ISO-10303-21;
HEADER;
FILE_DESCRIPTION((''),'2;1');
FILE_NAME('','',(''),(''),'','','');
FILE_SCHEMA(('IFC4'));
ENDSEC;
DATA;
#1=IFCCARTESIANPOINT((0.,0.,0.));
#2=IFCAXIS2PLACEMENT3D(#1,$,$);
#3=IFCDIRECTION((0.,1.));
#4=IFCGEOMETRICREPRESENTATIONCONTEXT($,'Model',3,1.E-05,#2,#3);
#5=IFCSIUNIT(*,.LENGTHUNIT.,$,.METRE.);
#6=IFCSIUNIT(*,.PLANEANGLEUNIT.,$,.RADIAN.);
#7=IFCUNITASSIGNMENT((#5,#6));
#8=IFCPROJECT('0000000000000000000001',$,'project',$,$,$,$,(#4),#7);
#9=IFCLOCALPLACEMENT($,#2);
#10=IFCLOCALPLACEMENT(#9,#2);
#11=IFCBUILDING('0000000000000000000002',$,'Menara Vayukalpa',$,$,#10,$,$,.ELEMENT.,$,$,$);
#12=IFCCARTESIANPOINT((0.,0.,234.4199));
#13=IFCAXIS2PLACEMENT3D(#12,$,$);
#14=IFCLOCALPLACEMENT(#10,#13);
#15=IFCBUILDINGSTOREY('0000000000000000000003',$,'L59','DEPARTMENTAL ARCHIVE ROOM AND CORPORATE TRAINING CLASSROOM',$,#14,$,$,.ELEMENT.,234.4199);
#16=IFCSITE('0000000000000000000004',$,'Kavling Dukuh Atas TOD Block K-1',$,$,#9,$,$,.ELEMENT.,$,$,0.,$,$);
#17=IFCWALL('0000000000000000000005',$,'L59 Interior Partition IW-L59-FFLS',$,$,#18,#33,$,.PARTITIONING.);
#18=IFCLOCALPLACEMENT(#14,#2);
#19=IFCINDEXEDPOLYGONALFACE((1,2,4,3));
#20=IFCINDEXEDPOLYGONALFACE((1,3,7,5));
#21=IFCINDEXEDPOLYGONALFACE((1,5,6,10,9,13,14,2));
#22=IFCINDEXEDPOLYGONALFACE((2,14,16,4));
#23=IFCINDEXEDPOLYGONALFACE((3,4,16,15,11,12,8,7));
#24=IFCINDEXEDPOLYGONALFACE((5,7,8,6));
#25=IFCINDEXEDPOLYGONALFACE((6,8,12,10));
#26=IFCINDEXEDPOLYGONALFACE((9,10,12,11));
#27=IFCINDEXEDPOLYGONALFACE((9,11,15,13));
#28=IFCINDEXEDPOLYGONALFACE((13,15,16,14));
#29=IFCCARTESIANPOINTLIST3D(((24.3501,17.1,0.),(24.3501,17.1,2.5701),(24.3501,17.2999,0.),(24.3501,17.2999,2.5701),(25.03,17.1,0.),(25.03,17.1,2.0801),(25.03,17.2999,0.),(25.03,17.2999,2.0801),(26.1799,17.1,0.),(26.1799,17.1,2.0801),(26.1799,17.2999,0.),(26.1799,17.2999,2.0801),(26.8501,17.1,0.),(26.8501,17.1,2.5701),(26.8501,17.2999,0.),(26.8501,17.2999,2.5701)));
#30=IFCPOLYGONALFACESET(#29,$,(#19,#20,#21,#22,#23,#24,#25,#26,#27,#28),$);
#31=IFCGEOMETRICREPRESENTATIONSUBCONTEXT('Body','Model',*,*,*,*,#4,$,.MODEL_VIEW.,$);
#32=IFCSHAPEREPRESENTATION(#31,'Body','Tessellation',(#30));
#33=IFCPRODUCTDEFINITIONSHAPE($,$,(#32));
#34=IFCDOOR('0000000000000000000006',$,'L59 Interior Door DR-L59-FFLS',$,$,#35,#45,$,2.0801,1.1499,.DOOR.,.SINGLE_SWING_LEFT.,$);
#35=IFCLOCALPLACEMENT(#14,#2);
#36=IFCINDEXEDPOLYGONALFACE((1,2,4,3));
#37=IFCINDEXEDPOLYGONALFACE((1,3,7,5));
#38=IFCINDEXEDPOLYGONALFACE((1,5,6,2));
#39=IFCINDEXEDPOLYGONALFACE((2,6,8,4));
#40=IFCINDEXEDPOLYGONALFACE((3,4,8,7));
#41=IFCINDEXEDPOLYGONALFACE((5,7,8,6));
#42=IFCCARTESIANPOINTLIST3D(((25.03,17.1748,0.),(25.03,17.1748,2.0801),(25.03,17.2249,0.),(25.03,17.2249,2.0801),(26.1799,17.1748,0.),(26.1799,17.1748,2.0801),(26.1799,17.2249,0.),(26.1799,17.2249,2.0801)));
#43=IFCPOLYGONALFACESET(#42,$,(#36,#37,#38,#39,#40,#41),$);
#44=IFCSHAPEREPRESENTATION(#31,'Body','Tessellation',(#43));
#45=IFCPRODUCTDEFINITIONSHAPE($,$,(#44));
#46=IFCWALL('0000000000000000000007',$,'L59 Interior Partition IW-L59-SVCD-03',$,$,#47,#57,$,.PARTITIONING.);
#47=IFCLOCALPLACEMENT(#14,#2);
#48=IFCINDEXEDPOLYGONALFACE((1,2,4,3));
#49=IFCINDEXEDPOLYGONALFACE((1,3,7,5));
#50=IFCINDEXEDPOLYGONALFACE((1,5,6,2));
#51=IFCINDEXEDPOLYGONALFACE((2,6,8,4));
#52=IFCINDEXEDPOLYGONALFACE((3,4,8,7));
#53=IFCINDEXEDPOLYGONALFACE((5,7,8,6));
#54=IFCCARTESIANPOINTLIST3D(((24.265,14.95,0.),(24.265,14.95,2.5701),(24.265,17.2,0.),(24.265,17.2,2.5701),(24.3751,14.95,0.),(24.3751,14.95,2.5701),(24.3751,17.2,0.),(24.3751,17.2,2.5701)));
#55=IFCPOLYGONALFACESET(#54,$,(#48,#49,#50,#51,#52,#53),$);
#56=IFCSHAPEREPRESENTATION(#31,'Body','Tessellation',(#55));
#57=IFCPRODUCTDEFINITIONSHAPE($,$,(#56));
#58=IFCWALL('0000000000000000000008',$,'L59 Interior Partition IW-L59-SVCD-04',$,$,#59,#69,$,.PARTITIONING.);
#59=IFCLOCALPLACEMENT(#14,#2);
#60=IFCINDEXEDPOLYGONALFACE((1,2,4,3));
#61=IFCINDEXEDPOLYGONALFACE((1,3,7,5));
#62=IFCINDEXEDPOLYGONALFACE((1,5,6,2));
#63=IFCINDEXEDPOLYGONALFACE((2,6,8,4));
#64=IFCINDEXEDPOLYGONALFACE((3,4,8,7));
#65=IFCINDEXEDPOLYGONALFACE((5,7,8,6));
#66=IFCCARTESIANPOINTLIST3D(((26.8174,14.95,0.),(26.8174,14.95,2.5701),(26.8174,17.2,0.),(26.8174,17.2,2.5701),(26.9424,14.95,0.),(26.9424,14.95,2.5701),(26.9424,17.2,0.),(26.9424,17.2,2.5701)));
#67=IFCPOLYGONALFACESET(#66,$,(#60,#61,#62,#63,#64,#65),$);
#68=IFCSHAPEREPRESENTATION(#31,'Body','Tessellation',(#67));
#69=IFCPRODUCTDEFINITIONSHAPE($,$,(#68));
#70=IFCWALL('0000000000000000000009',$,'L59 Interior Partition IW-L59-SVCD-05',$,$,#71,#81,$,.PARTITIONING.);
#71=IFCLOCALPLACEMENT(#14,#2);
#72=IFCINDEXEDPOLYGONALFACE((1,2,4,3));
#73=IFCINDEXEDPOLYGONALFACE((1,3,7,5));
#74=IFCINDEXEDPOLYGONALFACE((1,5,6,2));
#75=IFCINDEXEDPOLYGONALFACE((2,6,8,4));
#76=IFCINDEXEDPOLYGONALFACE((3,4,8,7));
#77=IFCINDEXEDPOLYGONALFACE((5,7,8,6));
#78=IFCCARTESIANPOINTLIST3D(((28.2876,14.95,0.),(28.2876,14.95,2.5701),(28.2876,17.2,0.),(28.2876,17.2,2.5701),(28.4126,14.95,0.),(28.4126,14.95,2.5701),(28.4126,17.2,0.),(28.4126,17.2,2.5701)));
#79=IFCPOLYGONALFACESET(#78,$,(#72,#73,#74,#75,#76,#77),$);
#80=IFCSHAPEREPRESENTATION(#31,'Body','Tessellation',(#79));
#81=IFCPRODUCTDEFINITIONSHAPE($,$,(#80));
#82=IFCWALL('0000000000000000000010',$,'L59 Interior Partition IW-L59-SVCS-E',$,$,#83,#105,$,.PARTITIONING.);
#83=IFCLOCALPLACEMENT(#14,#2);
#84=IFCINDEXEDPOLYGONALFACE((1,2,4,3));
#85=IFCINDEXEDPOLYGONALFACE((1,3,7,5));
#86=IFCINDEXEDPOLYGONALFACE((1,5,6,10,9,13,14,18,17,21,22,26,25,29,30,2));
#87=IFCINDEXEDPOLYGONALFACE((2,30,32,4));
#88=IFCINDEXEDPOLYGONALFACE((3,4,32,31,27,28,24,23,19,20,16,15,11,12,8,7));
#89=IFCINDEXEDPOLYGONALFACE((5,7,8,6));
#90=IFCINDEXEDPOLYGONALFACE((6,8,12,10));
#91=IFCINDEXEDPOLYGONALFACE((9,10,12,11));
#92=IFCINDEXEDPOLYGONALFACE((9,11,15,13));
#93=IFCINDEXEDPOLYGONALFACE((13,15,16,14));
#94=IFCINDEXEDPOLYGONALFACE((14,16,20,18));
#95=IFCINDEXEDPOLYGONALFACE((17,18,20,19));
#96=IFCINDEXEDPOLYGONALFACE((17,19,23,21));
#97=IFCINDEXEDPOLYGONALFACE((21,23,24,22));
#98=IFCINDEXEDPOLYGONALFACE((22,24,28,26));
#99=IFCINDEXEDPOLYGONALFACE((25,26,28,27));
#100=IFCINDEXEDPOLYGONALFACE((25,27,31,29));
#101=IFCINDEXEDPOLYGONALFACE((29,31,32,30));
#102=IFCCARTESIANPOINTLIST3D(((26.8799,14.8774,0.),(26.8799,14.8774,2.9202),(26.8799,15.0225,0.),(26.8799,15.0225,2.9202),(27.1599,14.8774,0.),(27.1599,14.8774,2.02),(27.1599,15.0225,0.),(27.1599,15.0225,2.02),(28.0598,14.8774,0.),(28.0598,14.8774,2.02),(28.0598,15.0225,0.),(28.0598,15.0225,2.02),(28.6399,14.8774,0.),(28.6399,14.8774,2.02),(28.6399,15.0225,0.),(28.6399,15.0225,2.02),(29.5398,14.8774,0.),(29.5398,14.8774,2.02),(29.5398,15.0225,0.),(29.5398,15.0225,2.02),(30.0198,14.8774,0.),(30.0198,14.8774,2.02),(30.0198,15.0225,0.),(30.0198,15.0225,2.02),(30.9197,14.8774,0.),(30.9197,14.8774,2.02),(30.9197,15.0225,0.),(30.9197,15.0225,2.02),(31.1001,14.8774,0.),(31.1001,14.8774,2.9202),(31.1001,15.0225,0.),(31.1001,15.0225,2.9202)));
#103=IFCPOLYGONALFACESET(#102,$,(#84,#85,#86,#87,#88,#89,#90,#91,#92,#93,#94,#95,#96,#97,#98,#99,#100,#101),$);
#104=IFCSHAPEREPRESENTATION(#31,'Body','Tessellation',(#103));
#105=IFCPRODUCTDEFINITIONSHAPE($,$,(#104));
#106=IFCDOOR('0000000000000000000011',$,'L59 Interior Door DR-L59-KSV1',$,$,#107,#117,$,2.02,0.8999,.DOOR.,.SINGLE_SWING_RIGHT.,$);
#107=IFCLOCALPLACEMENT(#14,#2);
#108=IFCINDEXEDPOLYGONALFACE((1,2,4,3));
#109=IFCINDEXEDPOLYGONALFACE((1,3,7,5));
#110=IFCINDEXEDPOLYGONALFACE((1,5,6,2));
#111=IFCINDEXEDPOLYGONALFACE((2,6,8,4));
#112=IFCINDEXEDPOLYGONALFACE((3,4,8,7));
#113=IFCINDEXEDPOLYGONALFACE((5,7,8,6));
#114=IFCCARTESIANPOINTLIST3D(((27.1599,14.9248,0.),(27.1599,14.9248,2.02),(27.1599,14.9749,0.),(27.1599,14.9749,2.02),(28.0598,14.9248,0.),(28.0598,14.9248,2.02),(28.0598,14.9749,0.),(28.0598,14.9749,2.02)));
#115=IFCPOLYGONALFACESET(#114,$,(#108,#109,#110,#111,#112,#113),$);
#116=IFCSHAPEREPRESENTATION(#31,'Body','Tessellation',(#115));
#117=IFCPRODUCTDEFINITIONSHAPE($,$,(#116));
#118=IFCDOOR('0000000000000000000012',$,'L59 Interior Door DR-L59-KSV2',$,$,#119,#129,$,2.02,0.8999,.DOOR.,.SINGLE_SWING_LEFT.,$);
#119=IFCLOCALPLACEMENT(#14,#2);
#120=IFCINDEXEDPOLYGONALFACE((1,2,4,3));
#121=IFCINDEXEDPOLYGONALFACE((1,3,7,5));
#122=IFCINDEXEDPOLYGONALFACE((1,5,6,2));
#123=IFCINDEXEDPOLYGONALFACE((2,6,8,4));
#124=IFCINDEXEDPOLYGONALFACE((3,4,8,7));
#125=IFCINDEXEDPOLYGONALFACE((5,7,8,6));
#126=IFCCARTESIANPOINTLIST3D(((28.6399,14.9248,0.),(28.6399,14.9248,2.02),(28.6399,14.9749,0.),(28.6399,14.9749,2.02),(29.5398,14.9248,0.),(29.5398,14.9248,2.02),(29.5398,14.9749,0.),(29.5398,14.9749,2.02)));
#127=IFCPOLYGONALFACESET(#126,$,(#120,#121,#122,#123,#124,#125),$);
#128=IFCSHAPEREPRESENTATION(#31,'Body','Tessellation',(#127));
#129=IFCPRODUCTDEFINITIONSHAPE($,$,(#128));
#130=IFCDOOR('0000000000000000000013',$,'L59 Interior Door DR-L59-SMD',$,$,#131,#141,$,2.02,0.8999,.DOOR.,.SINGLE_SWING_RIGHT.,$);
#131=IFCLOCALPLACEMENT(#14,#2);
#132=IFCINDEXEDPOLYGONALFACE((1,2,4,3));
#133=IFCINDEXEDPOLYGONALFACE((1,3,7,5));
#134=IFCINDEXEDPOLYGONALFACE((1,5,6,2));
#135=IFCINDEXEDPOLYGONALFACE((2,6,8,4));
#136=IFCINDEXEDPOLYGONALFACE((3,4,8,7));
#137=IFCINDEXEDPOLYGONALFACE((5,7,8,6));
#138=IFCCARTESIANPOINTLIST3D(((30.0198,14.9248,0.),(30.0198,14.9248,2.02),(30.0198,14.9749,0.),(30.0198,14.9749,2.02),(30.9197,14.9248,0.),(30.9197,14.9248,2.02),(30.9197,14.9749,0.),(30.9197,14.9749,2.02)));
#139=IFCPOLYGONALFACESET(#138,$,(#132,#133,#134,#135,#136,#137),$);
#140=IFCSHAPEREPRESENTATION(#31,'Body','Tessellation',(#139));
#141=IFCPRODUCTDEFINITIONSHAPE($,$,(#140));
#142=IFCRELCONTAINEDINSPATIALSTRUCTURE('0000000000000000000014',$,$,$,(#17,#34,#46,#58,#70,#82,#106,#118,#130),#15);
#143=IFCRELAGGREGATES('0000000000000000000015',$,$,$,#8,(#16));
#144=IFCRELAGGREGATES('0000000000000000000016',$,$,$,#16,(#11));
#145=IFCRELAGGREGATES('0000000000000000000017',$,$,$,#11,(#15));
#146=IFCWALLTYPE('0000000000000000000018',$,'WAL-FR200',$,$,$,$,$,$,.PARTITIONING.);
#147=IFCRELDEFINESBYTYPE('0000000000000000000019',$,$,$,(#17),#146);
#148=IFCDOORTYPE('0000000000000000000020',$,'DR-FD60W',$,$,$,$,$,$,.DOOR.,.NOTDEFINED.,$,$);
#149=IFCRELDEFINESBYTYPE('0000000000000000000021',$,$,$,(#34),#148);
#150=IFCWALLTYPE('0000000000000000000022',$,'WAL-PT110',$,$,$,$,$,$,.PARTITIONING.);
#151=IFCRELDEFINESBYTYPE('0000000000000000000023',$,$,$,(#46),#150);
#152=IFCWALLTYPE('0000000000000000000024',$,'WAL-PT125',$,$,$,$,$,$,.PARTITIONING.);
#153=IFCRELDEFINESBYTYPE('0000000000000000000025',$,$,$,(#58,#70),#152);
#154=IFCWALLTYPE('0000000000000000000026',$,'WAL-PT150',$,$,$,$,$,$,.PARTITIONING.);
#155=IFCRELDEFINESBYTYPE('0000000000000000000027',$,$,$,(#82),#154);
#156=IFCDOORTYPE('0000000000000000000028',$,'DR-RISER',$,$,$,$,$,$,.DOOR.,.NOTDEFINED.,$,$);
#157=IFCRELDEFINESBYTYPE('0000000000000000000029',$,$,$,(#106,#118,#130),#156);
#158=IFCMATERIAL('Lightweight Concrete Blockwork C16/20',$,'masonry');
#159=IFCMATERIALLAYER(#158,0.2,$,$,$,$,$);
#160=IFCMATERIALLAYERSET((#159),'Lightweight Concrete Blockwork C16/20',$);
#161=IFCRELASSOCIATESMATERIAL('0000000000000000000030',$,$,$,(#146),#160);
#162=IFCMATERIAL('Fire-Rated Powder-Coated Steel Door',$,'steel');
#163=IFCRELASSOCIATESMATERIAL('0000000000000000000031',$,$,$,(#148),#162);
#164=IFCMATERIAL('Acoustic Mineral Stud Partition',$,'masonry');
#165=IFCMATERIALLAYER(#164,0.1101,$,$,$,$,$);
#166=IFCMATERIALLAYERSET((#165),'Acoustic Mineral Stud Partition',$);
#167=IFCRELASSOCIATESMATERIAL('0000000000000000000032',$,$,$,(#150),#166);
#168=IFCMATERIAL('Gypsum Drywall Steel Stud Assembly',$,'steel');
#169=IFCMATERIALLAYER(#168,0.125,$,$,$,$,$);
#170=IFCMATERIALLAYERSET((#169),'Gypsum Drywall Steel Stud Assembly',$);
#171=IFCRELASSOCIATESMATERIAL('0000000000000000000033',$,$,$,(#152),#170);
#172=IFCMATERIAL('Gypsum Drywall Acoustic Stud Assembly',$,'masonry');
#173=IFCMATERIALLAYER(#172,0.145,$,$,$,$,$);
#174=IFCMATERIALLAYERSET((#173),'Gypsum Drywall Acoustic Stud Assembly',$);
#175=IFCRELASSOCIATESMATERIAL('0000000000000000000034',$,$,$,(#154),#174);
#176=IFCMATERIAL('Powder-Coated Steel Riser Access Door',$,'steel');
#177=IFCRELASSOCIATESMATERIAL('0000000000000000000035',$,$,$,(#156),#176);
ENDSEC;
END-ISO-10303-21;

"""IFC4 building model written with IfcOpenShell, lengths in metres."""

from ifc_helpers import new_model, si_unit, direction, frame, frame_2d, origin, place, context, subcontext, project, spatial, rectangle, extrude, material, layer, layer_set, type_object, element, fill, save


model = new_model("IFC4")

# Units and contexts
model_context = context("Model", 3, precision=1e-05, world=origin(), true_north=direction((0.0, 1.0)))
body_context = subcontext(model_context, "Body", "Model", "MODEL_VIEW")
ifc_project = project(units=[si_unit("LENGTHUNIT", "METRE"), si_unit("PLANEANGLEUNIT", "RADIAN")], contexts=[model_context])

# Site, building, storey
site_placement = place(None, origin())
site = spatial("IfcSite", under=ifc_project, at=site_placement, Name="Kavling Dukuh Atas TOD Block K-1", CompositionType="ELEMENT", RefElevation=0.0)
building_placement = place(site_placement, origin())
building = spatial("IfcBuilding", under=site, at=building_placement, Name="Menara Vayukalpa", CompositionType="ELEMENT")
storey_placement = place(building_placement, frame((0.0, 0.0, 234.4199)))
storey = spatial("IfcBuildingStorey", under=building, at=storey_placement, Name="L59", Description="DEPARTMENTAL ARCHIVE ROOM AND CORPORATE TRAINING CLASSROOM", CompositionType="ELEMENT", Elevation=234.4199)

# Wall, opening, door
ifc_material_1 = material(Name="Lightweight Concrete Blockwork C16/20", Category="masonry")
ifc_layer_1 = layer(ifc_material_1, 0.2)
ifc_layer_set_1 = layer_set([ifc_layer_1], Name="Lightweight Concrete Blockwork C16/20")
wall_type_1 = type_object("IfcWallType", Name="WAL-FR200", PredefinedType="PARTITIONING", material=ifc_layer_set_1)
wall_1_placement = place(storey_placement, frame((24.3501, 17.2, 0.0), z_axis=(0.0, 0.0, 1.0), x_axis=(1.0, 0.0, 0.0)))
wall_1 = element("IfcWall", 1, at=wall_1_placement, inside=storey, type_object=wall_type_1, Name="L59 Interior Partition IW-L59-FFLS", PredefinedType="PARTITIONING", context=body_context, shape_type="SweptSolid", body=[
    extrude(rectangle(XDim=2.5, YDim=0.2, at=frame_2d((1.25, 0.0))), origin(), (0.0, 0.0, 1.0), 2.5701),
])
opening_1_placement = place(wall_1_placement, frame((0.6799, 0.0, 0.0)))
opening_1 = element("IfcOpeningElement", 2, at=opening_1_placement, cuts=wall_1, PredefinedType="OPENING", context=body_context, shape_type="SweptSolid", body=[
    extrude(rectangle(XDim=1.1499, YDim=2.0801, at=frame_2d((0.575, 1.04))), frame((0.0, 0.1099, 0.0), z_axis=(0.0, -1.0, 0.0), x_axis=(1.0, 0.0, 0.0)), (0.0, 0.0, 1.0), 0.22),
])
ifc_material_2 = material(Name="Fire-Rated Powder-Coated Steel Door", Category="steel")
door_type_1 = type_object("IfcDoorType", Name="DR-FD60W", OperationType="NOTDEFINED", PredefinedType="DOOR", material=ifc_material_2)
door_1_placement = place(opening_1_placement, origin())
door_1 = element("IfcDoor", 3, at=door_1_placement, inside=storey, type_object=door_type_1, Name="L59 Interior Door DR-L59-FFLS", OperationType="SINGLE_SWING_LEFT", OverallHeight=2.0801, OverallWidth=1.1499, PredefinedType="DOOR", context=body_context, shape_type="SweptSolid", body=[
    extrude(rectangle(XDim=1.1499, YDim=2.0801, at=frame_2d((0.575, 1.04))), frame((0.0, 0.0249, 0.0), z_axis=(0.0, -1.0, 0.0), x_axis=(1.0, 0.0, 0.0)), (0.0, 0.0, 1.0), 0.05),
])
fill(opening_1, door_1)

# Walls
ifc_material_3 = material(Name="Acoustic Mineral Stud Partition", Category="masonry")
ifc_layer_2 = layer(ifc_material_3, 0.1101)
ifc_layer_set_2 = layer_set([ifc_layer_2], Name="Acoustic Mineral Stud Partition")
wall_type_2 = type_object("IfcWallType", Name="WAL-PT110", PredefinedType="PARTITIONING", material=ifc_layer_set_2)
wall_2_placement = place(storey_placement, frame((24.3201, 14.95, 0.0), z_axis=(0.0, 0.0, 1.0), x_axis=(0.0, 1.0, 0.0)))
element("IfcWall", 4, at=wall_2_placement, inside=storey, type_object=wall_type_2, Name="L59 Interior Partition IW-L59-SVCD-03", PredefinedType="PARTITIONING", context=body_context, shape_type="SweptSolid", body=[
    extrude(rectangle(XDim=2.25, YDim=0.1101, at=frame_2d((1.125, 0.0))), origin(), (0.0, 0.0, 1.0), 2.5701),
])
ifc_material_4 = material(Name="Gypsum Drywall Steel Stud Assembly", Category="steel")
ifc_layer_3 = layer(ifc_material_4, 0.125)
ifc_layer_set_3 = layer_set([ifc_layer_3], Name="Gypsum Drywall Steel Stud Assembly")
wall_type_3 = type_object("IfcWallType", Name="WAL-PT125", PredefinedType="PARTITIONING", material=ifc_layer_set_3)
for number, where, z_axis, x_axis, name in (
    (5, (26.8799, 14.95, 0.0), (0.0, 0.0, 1.0), (0.0, 1.0, 0.0), "L59 Interior Partition IW-L59-SVCD-04"),
    (6, (28.3501, 14.95, 0.0), (0.0, 0.0, 1.0), (0.0, 1.0, 0.0), "L59 Interior Partition IW-L59-SVCD-05"),
):
    element("IfcWall", number, at=place(storey_placement, frame(where, z_axis=z_axis, x_axis=x_axis)), inside=storey, type_object=wall_type_3, Name=name, PredefinedType="PARTITIONING", context=body_context, shape_type="SweptSolid", body=[
        extrude(rectangle(XDim=2.25, YDim=0.125, at=frame_2d((1.125, 0.0))), origin(), (0.0, 0.0, 1.0), 2.5701),
    ])

# Wall, openings, doors
ifc_material_5 = material(Name="Gypsum Drywall Acoustic Stud Assembly", Category="masonry")
ifc_layer_4 = layer(ifc_material_5, 0.145)
ifc_layer_set_4 = layer_set([ifc_layer_4], Name="Gypsum Drywall Acoustic Stud Assembly")
wall_type_4 = type_object("IfcWallType", Name="WAL-PT150", PredefinedType="PARTITIONING", material=ifc_layer_set_4)
wall_3_placement = place(storey_placement, frame((26.8799, 14.95, 0.0), z_axis=(0.0, 0.0, 1.0), x_axis=(1.0, 0.0, 0.0)))
wall_3 = element("IfcWall", 7, at=wall_3_placement, inside=storey, type_object=wall_type_4, Name="L59 Interior Partition IW-L59-SVCS-E", PredefinedType="PARTITIONING", context=body_context, shape_type="SweptSolid", body=[
    extrude(rectangle(XDim=4.2202, YDim=0.145, at=frame_2d((2.1101, 0.0))), origin(), (0.0, 0.0, 1.0), 2.9202),
])
opening_2_placement = place(wall_3_placement, frame((0.28, 0.0, 0.0)))
opening_2 = element("IfcOpeningElement", 8, at=opening_2_placement, cuts=wall_3, PredefinedType="OPENING", context=body_context, shape_type="SweptSolid", body=[
    extrude(rectangle(XDim=0.8999, YDim=2.02, at=frame_2d((0.45, 1.01))), frame((0.0, 0.0825, 0.0), z_axis=(0.0, -1.0, 0.0), x_axis=(1.0, 0.0, 0.0)), (0.0, 0.0, 1.0), 0.165),
])
opening_3_placement = place(wall_3_placement, frame((1.76, 0.0, 0.0)))
opening_3 = element("IfcOpeningElement", 9, at=opening_3_placement, cuts=wall_3, PredefinedType="OPENING", context=body_context, shape_type="SweptSolid", body=[
    extrude(rectangle(XDim=0.8999, YDim=2.02, at=frame_2d((0.45, 1.01))), frame((0.0, 0.0825, 0.0), z_axis=(0.0, -1.0, 0.0), x_axis=(1.0, 0.0, 0.0)), (0.0, 0.0, 1.0), 0.165),
])
opening_4_placement = place(wall_3_placement, frame((3.1399, 0.0, 0.0)))
opening_4 = element("IfcOpeningElement", 10, at=opening_4_placement, cuts=wall_3, PredefinedType="OPENING", context=body_context, shape_type="SweptSolid", body=[
    extrude(rectangle(XDim=0.8999, YDim=2.02, at=frame_2d((0.45, 1.01))), frame((0.0, 0.0825, 0.0), z_axis=(0.0, -1.0, 0.0), x_axis=(1.0, 0.0, 0.0)), (0.0, 0.0, 1.0), 0.165),
])
ifc_material_6 = material(Name="Powder-Coated Steel Riser Access Door", Category="steel")
door_type_2 = type_object("IfcDoorType", Name="DR-RISER", OperationType="NOTDEFINED", PredefinedType="DOOR", material=ifc_material_6)
door_2_placement = place(opening_2_placement, origin())
door_2 = element("IfcDoor", 11, at=door_2_placement, inside=storey, type_object=door_type_2, Name="L59 Interior Door DR-L59-KSV1", OperationType="SINGLE_SWING_RIGHT", OverallHeight=2.02, OverallWidth=0.8999, PredefinedType="DOOR", context=body_context, shape_type="SweptSolid", body=[
    extrude(rectangle(XDim=0.8999, YDim=2.02, at=frame_2d((0.45, 1.01))), frame((0.0, 0.0249, 0.0), z_axis=(0.0, -1.0, 0.0), x_axis=(1.0, 0.0, 0.0)), (0.0, 0.0, 1.0), 0.05),
])
fill(opening_2, door_2)
door_3_placement = place(opening_3_placement, origin())
door_3 = element("IfcDoor", 12, at=door_3_placement, inside=storey, type_object=door_type_2, Name="L59 Interior Door DR-L59-KSV2", OperationType="SINGLE_SWING_LEFT", OverallHeight=2.02, OverallWidth=0.8999, PredefinedType="DOOR", context=body_context, shape_type="SweptSolid", body=[
    extrude(rectangle(XDim=0.8999, YDim=2.02, at=frame_2d((0.45, 1.01))), frame((0.0, 0.0249, 0.0), z_axis=(0.0, -1.0, 0.0), x_axis=(1.0, 0.0, 0.0)), (0.0, 0.0, 1.0), 0.05),
])
fill(opening_3, door_3)
door_4_placement = place(opening_4_placement, origin())
door_4 = element("IfcDoor", 13, at=door_4_placement, inside=storey, type_object=door_type_2, Name="L59 Interior Door DR-L59-SMD", OperationType="SINGLE_SWING_RIGHT", OverallHeight=2.02, OverallWidth=0.8999, PredefinedType="DOOR", context=body_context, shape_type="SweptSolid", body=[
    extrude(rectangle(XDim=0.8999, YDim=2.02, at=frame_2d((0.45, 1.01))), frame((0.0, 0.0249, 0.0), z_axis=(0.0, -1.0, 0.0), x_axis=(1.0, 0.0, 0.0)), (0.0, 0.0, 1.0), 0.05),
])
fill(opening_4, door_4)

save(model, "model.ifc")
